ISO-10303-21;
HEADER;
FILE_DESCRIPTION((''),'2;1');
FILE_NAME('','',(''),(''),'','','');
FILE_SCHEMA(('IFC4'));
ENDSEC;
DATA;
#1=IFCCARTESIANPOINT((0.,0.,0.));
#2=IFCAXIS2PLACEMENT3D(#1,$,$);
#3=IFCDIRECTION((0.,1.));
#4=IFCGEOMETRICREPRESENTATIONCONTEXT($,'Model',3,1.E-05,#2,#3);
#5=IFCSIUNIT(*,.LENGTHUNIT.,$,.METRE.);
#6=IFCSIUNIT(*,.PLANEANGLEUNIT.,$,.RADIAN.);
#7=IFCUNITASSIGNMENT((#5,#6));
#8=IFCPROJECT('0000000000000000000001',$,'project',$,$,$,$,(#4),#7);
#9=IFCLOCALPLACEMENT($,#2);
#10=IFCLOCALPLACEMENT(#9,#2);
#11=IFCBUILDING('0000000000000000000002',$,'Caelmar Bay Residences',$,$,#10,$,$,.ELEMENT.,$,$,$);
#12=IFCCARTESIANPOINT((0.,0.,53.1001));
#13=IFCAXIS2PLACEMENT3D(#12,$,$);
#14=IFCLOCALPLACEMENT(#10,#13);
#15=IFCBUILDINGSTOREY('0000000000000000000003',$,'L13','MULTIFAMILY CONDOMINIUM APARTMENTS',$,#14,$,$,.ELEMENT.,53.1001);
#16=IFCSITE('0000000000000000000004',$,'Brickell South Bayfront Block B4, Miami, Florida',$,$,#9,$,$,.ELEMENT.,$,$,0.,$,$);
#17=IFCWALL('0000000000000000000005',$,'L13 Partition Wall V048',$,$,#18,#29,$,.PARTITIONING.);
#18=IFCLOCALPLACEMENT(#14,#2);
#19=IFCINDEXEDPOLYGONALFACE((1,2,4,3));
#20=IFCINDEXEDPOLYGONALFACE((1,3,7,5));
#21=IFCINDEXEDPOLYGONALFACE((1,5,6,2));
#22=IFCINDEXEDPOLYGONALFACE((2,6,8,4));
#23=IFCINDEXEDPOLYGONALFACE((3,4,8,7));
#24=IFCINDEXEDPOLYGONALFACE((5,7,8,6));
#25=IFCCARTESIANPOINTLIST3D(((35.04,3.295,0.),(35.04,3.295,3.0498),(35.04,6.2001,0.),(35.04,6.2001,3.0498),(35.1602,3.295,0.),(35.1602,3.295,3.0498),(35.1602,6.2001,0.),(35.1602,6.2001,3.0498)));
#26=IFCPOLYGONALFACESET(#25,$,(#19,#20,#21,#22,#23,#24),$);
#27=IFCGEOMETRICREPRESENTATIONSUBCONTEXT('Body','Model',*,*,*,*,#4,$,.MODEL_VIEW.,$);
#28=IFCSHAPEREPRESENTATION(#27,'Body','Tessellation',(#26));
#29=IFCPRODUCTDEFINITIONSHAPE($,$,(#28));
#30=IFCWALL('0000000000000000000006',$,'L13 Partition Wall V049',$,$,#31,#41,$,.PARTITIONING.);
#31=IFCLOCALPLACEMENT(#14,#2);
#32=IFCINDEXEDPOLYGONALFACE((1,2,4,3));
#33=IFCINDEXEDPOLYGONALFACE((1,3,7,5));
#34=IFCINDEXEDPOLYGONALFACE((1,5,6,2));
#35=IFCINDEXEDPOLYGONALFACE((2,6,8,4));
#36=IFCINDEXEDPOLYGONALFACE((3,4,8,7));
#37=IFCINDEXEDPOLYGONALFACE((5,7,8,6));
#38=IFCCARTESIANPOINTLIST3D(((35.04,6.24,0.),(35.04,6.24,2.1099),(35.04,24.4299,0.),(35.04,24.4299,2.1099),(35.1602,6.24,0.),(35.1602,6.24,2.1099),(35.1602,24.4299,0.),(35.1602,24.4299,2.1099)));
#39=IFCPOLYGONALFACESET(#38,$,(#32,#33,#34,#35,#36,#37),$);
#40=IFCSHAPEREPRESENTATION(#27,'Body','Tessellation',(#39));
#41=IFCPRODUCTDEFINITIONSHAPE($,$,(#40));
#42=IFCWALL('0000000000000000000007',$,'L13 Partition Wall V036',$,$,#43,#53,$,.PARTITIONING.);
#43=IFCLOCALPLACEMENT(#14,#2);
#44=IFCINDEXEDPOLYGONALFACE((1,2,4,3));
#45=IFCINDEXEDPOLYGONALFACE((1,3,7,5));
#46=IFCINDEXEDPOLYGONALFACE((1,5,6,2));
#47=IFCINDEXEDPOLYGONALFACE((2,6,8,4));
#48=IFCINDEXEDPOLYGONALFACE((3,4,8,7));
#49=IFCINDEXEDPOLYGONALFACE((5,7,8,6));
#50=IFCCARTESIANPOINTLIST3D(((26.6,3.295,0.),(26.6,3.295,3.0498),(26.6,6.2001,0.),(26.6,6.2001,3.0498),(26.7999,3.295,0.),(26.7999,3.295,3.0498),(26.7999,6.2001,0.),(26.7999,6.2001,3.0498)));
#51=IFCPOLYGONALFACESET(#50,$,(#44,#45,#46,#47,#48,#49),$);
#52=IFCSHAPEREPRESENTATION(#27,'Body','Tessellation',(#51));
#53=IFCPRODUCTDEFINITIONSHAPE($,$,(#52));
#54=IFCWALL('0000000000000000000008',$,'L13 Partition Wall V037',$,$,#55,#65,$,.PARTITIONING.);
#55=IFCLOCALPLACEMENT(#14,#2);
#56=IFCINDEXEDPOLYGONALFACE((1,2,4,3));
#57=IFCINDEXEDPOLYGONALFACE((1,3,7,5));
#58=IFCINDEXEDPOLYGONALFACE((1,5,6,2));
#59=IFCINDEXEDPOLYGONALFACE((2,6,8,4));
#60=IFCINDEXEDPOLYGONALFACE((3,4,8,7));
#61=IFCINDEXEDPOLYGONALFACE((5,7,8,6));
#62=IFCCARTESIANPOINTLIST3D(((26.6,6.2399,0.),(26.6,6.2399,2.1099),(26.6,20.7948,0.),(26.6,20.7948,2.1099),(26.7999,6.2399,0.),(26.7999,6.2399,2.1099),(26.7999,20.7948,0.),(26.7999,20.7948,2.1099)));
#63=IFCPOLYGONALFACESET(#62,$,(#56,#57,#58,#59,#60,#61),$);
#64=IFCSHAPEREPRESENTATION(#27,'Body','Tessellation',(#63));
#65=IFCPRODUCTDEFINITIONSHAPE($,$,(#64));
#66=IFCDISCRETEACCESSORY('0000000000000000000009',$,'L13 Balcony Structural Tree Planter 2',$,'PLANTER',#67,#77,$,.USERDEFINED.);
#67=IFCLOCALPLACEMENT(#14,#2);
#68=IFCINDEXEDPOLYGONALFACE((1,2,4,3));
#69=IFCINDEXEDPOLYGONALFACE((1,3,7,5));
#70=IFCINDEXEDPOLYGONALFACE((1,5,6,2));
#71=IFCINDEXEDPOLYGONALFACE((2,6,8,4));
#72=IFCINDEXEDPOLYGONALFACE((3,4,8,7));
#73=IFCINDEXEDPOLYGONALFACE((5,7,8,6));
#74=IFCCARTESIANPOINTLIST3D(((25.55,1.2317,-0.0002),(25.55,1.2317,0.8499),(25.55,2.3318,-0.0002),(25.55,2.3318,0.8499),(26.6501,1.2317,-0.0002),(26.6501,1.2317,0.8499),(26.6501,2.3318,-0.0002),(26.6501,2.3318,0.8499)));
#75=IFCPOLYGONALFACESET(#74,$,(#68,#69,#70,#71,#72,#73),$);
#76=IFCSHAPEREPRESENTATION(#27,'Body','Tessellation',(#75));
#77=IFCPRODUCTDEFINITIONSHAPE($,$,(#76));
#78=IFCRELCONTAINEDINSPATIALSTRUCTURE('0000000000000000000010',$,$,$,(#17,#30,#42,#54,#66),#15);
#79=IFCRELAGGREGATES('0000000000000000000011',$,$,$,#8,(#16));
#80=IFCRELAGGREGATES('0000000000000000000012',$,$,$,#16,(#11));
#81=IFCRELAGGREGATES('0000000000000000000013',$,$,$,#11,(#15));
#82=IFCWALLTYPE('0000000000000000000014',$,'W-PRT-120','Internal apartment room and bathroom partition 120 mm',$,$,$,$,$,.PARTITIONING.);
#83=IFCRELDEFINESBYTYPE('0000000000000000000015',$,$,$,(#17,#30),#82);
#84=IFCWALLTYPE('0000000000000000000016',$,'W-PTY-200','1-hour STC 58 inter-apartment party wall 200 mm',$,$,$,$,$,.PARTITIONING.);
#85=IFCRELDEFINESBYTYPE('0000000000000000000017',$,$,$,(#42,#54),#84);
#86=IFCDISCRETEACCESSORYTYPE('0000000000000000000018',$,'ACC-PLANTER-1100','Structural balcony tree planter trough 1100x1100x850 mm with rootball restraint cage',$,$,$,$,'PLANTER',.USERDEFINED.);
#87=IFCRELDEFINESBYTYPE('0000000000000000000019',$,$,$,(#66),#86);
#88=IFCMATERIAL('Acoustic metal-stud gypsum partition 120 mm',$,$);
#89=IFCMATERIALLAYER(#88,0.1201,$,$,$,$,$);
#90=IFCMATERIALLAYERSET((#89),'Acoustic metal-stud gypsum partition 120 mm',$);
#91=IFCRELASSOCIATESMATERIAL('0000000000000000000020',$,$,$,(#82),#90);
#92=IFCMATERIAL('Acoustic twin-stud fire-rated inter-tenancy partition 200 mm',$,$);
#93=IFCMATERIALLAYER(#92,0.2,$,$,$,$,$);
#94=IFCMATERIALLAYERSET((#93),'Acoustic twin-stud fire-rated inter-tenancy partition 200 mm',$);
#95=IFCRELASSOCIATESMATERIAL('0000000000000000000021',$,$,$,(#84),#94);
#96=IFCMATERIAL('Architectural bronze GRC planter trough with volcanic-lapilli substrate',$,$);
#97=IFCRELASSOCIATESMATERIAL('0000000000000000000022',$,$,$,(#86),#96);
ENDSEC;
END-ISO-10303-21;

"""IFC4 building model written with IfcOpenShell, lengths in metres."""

from ifc_helpers import new_model, si_unit, direction, frame, frame_2d, origin, origin_2d, place, context, subcontext, project, spatial, rectangle, extrude, material, layer, layer_set, type_object, element, save


model = new_model("IFC4")

# Units and contexts
model_context = context("Model", 3, precision=1e-05, world=origin(), true_north=direction((0.0, 1.0)))
body_context = subcontext(model_context, "Body", "Model", "MODEL_VIEW")
ifc_project = project(units=[si_unit("LENGTHUNIT", "METRE"), si_unit("PLANEANGLEUNIT", "RADIAN")], contexts=[model_context])

# Site, building, storey
site_placement = place(None, origin())
site = spatial("IfcSite", under=ifc_project, at=site_placement, Name="Brickell South Bayfront Block B4, Miami, Florida", CompositionType="ELEMENT", RefElevation=0.0)
building_placement = place(site_placement, origin())
building = spatial("IfcBuilding", under=site, at=building_placement, Name="Caelmar Bay Residences", CompositionType="ELEMENT")
storey_placement = place(building_placement, frame((0.0, 0.0, 53.1001)))
storey = spatial("IfcBuildingStorey", under=building, at=storey_placement, Name="L13", Description="MULTIFAMILY CONDOMINIUM APARTMENTS", CompositionType="ELEMENT", Elevation=53.1001)

# Walls
ifc_material_1 = material(Name="Acoustic metal-stud gypsum partition 120 mm")
ifc_layer_1 = layer(ifc_material_1, 0.1201)
ifc_layer_set_1 = layer_set([ifc_layer_1], Name="Acoustic metal-stud gypsum partition 120 mm")
wall_type_1 = type_object("IfcWallType", Name="W-PRT-120", Description="Internal apartment room and bathroom partition 120 mm", PredefinedType="PARTITIONING", material=ifc_layer_set_1)
wall_1_placement = place(storey_placement, frame((35.1001, 3.2949, 0.0), z_axis=(0.0, 0.0, 1.0), x_axis=(0.0, 1.0, 0.0)))
element("IfcWall", 1, at=wall_1_placement, inside=storey, type_object=wall_type_1, Name="L13 Partition Wall V048", PredefinedType="PARTITIONING", context=body_context, shape_type="SweptSolid", body=[
    extrude(rectangle(XDim=2.905, YDim=0.1201, at=frame_2d((1.4526, 0.0))), origin(), (0.0, 0.0, 1.0), 3.0498),
])
wall_2_placement = place(storey_placement, frame((35.1001, 6.24, 0.0), z_axis=(0.0, 0.0, 1.0), x_axis=(0.0, 1.0, 0.0)))
element("IfcWall", 2, at=wall_2_placement, inside=storey, type_object=wall_type_1, Name="L13 Partition Wall V049", PredefinedType="PARTITIONING", context=body_context, shape_type="SweptSolid", body=[
    extrude(rectangle(XDim=18.1899, YDim=0.1201, at=frame_2d((9.095, 0.0))), origin(), (0.0, 0.0, 1.0), 2.1099),
])

# Walls
ifc_material_2 = material(Name="Acoustic twin-stud fire-rated inter-tenancy partition 200 mm")
ifc_layer_2 = layer(ifc_material_2, 0.2)
ifc_layer_set_2 = layer_set([ifc_layer_2], Name="Acoustic twin-stud fire-rated inter-tenancy partition 200 mm")
wall_type_2 = type_object("IfcWallType", Name="W-PTY-200", Description="1-hour STC 58 inter-apartment party wall 200 mm", PredefinedType="PARTITIONING", material=ifc_layer_set_2)
wall_3_placement = place(storey_placement, frame((26.7, 3.2949, 0.0), z_axis=(0.0, 0.0, 1.0), x_axis=(0.0, 1.0, 0.0)))
element("IfcWall", 3, at=wall_3_placement, inside=storey, type_object=wall_type_2, Name="L13 Partition Wall V036", PredefinedType="PARTITIONING", context=body_context, shape_type="SweptSolid", body=[
    extrude(rectangle(XDim=2.905, YDim=0.2, at=frame_2d((1.4526, 0.0))), origin(), (0.0, 0.0, 1.0), 3.0498),
])
wall_4_placement = place(storey_placement, frame((26.7, 6.24, 0.0), z_axis=(0.0, 0.0, 1.0), x_axis=(0.0, 1.0, 0.0)))
element("IfcWall", 4, at=wall_4_placement, inside=storey, type_object=wall_type_2, Name="L13 Partition Wall V037", PredefinedType="PARTITIONING", context=body_context, shape_type="SweptSolid", body=[
    extrude(rectangle(XDim=14.5549, YDim=0.2, at=frame_2d((7.2773, 0.0))), origin(), (0.0, 0.0, 1.0), 2.1099),
])

# Discrete accessory
ifc_material_3 = material(Name="Architectural bronze GRC planter trough with volcanic-lapilli substrate")
discrete_accessory_type = type_object("IfcDiscreteAccessoryType", Name="ACC-PLANTER-1100", Description="Structural balcony tree planter trough 1100x1100x850 mm with rootball restraint cage", ElementType="PLANTER", PredefinedType="USERDEFINED", material=ifc_material_3)
discrete_accessory_placement = place(storey_placement, frame((26.1001, 1.7817, -0.0002), z_axis=(0.0, 0.0, 1.0), x_axis=(1.0, 0.0, 0.0)))
element("IfcDiscreteAccessory", 5, at=discrete_accessory_placement, inside=storey, type_object=discrete_accessory_type, Name="L13 Balcony Structural Tree Planter 2", ObjectType="PLANTER", PredefinedType="USERDEFINED", context=body_context, shape_type="SweptSolid", body=[
    extrude(rectangle(XDim=1.1001, YDim=1.1001, at=origin_2d()), origin(), (0.0, 0.0, 1.0), 0.8501),
])

save(model, "model.ifc")
